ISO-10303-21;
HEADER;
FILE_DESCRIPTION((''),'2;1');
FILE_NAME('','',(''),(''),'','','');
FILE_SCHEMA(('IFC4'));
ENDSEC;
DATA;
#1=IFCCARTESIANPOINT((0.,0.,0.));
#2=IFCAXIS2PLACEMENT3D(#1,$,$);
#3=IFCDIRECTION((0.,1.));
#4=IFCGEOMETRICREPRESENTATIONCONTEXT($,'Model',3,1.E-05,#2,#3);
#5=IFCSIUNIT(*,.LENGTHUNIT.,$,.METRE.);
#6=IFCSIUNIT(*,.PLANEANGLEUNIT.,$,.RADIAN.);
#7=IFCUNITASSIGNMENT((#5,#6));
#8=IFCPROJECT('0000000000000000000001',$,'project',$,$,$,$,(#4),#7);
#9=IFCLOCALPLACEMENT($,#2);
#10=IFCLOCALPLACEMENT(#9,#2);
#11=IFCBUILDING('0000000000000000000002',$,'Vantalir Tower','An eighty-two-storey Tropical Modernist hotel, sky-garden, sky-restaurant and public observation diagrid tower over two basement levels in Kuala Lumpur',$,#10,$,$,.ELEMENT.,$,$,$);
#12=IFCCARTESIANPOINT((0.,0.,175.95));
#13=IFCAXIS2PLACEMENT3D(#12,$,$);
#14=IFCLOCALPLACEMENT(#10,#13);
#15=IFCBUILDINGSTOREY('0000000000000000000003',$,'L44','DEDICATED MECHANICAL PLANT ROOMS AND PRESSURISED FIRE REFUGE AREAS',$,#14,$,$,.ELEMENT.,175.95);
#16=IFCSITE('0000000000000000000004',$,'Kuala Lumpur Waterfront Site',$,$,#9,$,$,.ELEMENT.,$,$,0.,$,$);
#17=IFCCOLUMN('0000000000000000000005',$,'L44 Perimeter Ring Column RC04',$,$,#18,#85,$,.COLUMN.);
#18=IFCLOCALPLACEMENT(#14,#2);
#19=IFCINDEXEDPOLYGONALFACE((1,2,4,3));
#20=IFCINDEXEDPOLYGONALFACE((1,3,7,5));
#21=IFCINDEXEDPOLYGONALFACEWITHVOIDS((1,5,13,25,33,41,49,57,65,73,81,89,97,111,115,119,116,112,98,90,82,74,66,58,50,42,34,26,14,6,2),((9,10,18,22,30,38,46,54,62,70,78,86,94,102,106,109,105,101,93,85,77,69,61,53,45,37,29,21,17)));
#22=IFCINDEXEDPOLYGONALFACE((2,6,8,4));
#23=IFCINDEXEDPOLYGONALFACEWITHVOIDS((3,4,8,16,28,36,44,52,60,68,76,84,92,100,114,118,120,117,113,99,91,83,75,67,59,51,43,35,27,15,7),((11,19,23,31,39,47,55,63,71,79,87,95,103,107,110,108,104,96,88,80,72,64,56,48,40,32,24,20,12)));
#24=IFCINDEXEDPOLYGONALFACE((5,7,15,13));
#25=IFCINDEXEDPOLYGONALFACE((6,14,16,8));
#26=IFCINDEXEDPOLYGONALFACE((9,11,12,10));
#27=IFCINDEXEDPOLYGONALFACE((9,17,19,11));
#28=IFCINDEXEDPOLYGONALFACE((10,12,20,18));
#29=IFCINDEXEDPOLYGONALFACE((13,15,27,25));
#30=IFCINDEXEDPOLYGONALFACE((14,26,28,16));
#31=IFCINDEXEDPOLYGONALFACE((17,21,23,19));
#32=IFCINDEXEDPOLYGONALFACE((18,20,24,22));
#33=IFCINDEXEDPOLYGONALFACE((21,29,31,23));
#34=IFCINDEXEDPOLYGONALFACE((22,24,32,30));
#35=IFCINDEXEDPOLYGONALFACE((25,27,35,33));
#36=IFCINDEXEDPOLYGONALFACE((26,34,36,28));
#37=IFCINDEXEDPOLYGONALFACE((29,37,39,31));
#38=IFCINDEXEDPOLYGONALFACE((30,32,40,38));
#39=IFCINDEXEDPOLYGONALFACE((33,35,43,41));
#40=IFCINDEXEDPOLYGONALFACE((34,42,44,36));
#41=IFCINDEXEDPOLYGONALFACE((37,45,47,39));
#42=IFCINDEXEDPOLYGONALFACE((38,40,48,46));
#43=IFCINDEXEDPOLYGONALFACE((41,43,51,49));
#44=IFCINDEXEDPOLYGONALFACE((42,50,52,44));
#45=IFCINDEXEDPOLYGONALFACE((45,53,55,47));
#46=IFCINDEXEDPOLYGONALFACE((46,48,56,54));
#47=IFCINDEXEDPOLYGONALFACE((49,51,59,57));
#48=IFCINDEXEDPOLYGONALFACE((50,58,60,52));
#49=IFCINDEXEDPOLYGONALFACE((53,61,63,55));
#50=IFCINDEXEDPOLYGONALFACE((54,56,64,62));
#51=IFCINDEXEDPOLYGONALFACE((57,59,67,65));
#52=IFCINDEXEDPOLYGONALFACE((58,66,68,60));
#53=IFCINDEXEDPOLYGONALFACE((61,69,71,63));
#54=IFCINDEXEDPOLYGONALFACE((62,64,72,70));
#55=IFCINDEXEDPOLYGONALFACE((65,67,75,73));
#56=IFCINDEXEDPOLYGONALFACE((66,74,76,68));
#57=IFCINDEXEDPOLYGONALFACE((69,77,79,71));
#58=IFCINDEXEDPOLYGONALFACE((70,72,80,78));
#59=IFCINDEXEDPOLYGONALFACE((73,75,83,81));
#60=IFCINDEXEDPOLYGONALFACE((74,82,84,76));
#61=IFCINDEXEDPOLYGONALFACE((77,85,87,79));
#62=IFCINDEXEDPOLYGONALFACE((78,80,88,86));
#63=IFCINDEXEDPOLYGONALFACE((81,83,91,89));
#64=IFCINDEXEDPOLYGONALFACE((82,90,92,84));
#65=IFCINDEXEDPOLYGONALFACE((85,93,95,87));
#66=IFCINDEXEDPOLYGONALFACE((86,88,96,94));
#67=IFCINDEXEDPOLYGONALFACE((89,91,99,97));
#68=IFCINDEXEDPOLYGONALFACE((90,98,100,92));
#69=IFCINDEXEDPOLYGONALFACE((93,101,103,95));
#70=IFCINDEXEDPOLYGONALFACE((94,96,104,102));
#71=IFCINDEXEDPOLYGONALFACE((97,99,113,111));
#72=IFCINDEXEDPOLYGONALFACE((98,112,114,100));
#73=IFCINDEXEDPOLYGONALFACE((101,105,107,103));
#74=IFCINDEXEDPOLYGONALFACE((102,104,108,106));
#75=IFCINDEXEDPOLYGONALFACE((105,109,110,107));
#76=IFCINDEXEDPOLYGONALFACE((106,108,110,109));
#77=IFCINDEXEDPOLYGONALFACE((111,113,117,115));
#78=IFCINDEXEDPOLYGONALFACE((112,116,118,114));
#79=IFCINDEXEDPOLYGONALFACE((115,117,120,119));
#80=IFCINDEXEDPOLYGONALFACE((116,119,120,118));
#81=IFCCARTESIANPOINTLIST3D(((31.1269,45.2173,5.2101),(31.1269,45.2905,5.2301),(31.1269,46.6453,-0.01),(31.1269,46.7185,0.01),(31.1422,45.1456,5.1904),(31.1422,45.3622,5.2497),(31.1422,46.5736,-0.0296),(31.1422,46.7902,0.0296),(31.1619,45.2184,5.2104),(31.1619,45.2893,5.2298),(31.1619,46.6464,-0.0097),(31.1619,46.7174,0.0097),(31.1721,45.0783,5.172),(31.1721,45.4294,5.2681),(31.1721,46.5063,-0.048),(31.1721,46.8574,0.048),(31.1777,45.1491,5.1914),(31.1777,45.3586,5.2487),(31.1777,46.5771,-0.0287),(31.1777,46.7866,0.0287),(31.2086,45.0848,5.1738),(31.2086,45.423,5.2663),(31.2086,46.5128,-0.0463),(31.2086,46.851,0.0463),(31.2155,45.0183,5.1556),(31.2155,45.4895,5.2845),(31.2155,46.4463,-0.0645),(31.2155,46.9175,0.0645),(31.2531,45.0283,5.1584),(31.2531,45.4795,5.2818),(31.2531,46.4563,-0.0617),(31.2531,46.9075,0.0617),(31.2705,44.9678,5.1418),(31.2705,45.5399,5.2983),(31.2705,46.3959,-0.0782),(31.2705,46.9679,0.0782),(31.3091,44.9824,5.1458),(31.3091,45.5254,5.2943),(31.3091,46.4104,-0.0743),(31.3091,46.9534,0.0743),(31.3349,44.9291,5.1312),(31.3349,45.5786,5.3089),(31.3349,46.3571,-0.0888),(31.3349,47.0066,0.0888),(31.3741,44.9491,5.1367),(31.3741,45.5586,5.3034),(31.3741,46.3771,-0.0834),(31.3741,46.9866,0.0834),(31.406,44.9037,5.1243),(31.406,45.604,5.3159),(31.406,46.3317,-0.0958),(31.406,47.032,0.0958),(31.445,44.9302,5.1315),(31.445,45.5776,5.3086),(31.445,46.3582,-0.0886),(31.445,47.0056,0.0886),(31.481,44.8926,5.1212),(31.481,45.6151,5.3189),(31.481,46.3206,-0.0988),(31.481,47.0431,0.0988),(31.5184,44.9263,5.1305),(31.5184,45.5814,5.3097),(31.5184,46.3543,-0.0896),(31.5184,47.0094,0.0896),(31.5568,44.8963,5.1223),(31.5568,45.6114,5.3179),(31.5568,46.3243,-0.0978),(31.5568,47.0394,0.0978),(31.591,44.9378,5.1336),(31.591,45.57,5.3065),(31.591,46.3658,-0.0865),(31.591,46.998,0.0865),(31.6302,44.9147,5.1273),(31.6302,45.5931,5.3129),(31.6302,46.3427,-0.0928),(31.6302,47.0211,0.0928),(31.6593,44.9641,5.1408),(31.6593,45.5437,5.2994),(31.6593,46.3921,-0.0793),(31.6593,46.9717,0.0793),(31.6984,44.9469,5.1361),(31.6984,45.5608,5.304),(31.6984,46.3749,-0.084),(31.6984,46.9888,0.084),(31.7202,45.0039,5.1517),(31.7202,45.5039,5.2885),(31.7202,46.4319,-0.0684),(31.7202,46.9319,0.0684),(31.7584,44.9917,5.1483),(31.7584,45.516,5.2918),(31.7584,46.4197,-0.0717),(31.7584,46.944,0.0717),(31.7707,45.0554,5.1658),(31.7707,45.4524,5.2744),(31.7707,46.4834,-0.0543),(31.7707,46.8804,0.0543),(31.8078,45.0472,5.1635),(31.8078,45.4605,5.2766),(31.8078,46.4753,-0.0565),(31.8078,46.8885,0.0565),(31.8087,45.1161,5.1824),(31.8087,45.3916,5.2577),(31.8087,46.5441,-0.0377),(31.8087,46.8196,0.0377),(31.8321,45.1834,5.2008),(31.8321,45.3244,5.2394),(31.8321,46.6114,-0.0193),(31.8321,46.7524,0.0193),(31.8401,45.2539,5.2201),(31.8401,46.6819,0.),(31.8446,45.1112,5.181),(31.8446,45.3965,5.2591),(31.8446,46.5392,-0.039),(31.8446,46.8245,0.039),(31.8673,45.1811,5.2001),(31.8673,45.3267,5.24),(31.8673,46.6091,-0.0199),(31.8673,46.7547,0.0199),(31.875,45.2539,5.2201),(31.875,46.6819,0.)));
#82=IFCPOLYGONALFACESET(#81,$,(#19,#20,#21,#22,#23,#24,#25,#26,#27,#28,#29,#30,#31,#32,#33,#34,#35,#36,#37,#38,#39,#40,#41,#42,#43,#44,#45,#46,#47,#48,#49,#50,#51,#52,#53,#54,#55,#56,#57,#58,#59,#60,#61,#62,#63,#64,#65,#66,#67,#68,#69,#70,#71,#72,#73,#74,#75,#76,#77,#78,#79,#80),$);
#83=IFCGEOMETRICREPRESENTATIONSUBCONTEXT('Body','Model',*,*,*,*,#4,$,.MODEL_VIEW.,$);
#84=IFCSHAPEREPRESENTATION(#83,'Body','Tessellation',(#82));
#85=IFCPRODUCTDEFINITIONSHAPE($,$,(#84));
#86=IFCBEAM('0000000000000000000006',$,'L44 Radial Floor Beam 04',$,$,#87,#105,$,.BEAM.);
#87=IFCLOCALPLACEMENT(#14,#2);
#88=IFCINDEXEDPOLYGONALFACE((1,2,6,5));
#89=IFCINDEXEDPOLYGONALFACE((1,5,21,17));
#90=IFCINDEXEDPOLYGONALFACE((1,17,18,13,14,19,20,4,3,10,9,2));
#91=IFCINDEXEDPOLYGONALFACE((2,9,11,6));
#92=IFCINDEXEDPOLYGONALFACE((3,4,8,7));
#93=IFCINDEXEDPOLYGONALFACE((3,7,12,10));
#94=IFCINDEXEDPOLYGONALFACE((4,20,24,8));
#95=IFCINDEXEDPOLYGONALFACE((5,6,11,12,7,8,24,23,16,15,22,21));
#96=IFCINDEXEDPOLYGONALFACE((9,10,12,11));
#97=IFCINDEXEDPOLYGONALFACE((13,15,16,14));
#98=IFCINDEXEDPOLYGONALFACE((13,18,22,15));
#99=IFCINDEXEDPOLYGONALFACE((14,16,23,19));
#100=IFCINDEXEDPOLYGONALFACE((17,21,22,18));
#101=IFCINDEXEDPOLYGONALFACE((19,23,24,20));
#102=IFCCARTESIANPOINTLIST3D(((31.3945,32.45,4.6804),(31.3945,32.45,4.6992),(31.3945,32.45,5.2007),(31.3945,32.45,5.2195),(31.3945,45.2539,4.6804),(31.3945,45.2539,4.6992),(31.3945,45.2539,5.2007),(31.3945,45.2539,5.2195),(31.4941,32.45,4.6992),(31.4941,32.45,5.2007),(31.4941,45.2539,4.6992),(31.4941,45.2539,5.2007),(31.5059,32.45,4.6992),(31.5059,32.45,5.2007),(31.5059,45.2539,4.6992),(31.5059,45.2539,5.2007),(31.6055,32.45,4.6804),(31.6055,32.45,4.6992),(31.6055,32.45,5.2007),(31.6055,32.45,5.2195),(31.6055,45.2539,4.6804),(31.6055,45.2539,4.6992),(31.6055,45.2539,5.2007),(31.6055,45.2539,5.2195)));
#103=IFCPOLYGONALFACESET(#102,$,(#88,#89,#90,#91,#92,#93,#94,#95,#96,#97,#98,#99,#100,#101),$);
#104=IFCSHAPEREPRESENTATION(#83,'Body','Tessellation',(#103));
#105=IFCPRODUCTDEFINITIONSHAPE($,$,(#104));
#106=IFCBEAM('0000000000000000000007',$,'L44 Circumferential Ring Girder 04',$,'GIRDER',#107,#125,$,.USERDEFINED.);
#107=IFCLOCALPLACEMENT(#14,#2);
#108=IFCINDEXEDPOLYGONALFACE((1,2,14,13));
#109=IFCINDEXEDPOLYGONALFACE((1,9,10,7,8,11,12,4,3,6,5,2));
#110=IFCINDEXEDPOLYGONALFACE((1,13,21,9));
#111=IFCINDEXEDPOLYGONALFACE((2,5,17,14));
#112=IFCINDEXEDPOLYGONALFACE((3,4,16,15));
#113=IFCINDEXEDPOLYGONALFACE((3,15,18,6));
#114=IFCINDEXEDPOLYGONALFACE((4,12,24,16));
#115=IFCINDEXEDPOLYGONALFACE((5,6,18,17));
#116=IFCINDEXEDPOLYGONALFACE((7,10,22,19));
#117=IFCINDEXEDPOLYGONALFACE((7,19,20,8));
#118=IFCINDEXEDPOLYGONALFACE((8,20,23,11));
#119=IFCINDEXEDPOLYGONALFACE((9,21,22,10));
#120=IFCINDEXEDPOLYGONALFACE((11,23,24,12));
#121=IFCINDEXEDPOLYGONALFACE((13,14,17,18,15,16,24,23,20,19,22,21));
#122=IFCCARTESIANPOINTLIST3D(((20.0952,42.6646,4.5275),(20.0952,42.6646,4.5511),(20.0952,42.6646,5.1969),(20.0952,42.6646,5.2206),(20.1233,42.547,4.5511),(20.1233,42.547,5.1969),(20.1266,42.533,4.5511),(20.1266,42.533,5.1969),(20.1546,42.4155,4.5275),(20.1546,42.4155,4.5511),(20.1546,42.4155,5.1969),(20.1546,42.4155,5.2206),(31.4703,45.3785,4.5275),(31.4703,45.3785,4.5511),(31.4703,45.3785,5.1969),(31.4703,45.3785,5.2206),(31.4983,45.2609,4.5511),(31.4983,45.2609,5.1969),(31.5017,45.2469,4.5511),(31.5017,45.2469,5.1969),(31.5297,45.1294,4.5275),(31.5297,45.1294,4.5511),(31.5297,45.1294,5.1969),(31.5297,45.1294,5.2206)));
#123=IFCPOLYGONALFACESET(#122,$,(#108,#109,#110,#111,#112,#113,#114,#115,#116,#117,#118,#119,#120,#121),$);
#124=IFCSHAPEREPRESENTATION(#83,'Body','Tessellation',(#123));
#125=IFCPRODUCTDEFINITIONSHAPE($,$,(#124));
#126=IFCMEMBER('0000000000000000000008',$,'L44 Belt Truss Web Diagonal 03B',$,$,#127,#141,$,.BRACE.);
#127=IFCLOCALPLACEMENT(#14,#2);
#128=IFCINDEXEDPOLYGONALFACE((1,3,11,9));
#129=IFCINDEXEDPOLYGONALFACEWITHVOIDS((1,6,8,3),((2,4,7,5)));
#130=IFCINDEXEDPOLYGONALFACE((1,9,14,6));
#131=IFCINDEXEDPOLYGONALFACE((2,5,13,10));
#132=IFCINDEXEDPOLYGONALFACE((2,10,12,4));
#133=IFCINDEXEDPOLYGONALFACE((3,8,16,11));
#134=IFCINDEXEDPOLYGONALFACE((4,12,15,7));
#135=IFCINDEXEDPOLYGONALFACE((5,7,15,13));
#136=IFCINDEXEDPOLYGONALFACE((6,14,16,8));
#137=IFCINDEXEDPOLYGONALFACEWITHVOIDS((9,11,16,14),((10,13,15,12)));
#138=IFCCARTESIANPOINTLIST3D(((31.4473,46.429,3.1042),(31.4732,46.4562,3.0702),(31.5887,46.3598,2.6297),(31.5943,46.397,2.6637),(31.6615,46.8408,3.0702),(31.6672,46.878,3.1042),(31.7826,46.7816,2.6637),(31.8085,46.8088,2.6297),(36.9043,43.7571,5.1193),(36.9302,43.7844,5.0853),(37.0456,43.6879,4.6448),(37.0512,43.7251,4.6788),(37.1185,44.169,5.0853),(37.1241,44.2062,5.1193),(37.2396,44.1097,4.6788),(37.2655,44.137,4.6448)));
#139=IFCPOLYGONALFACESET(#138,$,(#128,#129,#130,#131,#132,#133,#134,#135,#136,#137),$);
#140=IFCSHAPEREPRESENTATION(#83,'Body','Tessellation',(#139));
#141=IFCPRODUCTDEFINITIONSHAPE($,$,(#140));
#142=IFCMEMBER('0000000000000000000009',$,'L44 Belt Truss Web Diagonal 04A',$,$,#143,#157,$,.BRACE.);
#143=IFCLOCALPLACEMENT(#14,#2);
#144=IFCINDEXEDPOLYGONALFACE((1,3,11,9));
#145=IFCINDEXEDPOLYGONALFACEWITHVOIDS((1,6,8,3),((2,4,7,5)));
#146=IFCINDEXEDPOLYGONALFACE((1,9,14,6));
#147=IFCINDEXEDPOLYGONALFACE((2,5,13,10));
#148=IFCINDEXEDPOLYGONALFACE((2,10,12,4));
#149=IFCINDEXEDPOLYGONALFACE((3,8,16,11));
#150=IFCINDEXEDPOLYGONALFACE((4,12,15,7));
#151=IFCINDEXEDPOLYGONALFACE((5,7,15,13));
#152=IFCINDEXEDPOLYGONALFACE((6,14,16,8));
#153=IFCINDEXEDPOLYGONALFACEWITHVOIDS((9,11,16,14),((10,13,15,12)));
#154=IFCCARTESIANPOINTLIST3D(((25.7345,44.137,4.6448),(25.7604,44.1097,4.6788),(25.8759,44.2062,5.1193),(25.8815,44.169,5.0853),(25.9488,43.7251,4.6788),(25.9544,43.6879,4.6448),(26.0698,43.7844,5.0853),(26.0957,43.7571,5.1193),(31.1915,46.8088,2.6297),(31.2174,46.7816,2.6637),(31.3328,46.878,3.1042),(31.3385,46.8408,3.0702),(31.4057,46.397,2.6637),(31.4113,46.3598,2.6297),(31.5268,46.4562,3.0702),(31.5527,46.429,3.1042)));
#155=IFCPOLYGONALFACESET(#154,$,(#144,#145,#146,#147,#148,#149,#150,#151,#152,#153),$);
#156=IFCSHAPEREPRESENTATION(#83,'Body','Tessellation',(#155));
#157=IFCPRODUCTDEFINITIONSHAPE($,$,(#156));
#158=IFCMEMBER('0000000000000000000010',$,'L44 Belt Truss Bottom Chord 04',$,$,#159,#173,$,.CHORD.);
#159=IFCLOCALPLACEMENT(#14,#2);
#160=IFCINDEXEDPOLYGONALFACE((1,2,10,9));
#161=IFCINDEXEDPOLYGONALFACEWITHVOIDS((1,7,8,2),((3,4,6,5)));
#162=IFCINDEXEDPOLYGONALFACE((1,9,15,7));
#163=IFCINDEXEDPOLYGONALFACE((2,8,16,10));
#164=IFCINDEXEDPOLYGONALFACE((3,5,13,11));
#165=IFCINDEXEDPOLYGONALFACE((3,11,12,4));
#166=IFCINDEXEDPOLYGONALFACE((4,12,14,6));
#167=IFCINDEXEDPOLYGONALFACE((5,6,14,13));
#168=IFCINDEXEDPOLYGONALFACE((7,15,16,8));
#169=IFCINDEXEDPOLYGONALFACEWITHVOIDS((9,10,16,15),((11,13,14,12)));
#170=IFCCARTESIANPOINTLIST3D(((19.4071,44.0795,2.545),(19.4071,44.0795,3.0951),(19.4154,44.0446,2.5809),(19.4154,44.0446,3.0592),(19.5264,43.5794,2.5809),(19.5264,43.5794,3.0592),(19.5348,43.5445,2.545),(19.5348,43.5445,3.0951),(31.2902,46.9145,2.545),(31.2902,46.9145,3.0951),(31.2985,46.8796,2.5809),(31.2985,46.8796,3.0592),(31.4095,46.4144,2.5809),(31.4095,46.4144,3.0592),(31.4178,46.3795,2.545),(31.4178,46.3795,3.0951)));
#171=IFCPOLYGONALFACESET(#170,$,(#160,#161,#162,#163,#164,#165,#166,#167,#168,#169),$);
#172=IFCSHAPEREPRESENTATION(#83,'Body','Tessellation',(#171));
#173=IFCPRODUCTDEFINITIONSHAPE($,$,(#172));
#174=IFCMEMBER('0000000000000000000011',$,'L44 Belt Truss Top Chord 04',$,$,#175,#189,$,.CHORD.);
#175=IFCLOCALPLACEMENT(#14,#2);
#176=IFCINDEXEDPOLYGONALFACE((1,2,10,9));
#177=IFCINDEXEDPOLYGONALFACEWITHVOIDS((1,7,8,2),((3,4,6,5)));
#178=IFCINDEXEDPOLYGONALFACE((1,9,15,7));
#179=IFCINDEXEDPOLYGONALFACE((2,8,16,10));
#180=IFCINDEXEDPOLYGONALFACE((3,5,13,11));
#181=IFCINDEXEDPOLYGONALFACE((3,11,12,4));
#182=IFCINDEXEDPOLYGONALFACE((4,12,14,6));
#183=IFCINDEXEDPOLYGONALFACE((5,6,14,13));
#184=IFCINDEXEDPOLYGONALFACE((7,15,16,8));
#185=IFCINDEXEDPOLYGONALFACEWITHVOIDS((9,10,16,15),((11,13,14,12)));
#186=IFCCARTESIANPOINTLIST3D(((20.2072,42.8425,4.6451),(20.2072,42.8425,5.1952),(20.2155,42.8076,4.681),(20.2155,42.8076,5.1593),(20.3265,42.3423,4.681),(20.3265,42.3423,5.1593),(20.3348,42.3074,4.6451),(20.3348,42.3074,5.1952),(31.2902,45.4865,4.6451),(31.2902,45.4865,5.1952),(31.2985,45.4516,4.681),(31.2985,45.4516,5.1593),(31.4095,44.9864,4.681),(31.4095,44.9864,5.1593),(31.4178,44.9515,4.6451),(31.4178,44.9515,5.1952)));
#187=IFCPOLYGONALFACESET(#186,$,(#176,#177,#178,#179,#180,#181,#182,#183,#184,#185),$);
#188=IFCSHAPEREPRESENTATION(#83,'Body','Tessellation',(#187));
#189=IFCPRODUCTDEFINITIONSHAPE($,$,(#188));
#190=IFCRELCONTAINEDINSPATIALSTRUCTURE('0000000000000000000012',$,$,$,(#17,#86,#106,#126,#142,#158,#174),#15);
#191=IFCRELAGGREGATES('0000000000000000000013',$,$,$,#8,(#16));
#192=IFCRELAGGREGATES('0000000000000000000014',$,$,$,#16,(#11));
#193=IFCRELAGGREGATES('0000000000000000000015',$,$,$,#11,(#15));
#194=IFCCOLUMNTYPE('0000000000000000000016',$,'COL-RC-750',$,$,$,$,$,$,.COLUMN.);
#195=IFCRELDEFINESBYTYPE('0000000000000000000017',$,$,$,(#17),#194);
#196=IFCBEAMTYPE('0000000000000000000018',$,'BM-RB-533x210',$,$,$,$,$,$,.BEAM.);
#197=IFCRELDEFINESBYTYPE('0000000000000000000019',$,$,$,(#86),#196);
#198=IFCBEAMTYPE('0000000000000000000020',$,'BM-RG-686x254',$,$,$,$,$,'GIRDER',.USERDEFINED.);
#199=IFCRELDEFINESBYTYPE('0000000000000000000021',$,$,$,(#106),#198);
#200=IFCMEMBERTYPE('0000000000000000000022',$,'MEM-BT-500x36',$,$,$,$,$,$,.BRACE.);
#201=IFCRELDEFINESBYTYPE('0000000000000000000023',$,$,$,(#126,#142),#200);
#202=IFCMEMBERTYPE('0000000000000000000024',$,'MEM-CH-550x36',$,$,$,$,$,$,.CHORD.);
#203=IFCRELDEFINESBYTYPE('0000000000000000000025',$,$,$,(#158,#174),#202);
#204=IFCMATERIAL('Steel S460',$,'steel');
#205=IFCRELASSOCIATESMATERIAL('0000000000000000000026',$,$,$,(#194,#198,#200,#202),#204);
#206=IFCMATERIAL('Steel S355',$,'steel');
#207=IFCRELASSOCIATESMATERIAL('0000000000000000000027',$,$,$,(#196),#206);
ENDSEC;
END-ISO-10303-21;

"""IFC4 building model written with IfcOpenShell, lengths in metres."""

from ifc_helpers import new_model, si_unit, direction, frame, origin, origin_2d, place, context, subcontext, project, spatial, hollow_rectangle, hollow_circle, i_section, extrude, material, material_profile, profile_set, type_object, element, save


model = new_model("IFC4")

# Units and contexts
model_context = context("Model", 3, precision=1e-05, world=origin(), true_north=direction((0.0, 1.0)))
body_context = subcontext(model_context, "Body", "Model", "MODEL_VIEW")
ifc_project = project(units=[si_unit("LENGTHUNIT", "METRE"), si_unit("PLANEANGLEUNIT", "RADIAN")], contexts=[model_context])

# Site, building, storey
site_placement = place(None, origin())
site = spatial("IfcSite", under=ifc_project, at=site_placement, Name="Kuala Lumpur Waterfront Site", CompositionType="ELEMENT", RefElevation=0.0)
building_placement = place(site_placement, origin())
building = spatial("IfcBuilding", under=site, at=building_placement, Name="Vantalir Tower", Description="An eighty-two-storey Tropical Modernist hotel, sky-garden, sky-restaurant and public observation diagrid tower over two basement levels in Kuala Lumpur", CompositionType="ELEMENT")
storey_placement = place(building_placement, frame((0.0, 0.0, 175.95)))
storey = spatial("IfcBuildingStorey", under=building, at=storey_placement, Name="L44", Description="DEDICATED MECHANICAL PLANT ROOMS AND PRESSURISED FIRE REFUGE AREAS", CompositionType="ELEMENT", Elevation=175.95)

# Column
ifc_material_1 = material(Name="Steel S460", Category="steel")
ifc_material_profile_1 = material_profile(ifc_material_1, hollow_circle(Radius=0.375, WallThickness=0.0349, at=origin_2d()), Name="Steel S460")
ifc_profile_set_1 = profile_set([ifc_material_profile_1], Name="Steel S460")
column_type = type_object("IfcColumnType", Name="COL-RC-750", PredefinedType="COLUMN", material=ifc_profile_set_1)
column_placement = place(storey_placement, frame((31.5, 46.6819, 0.0), z_axis=(0.0, -0.263866, 0.964559), x_axis=(1.0, 0.0, 0.0)))
element("IfcColumn", 1, at=column_placement, inside=storey, type_object=column_type, Name="L44 Perimeter Ring Column RC04", PredefinedType="COLUMN", context=body_context, shape_type="SweptSolid", body=[
    extrude(hollow_circle(Radius=0.375, WallThickness=0.0349, at=origin_2d()), origin(), (0.0, 0.0, 1.0), 5.4119),
])

# Beams
ifc_material_2 = material(Name="Steel S355", Category="steel")
ifc_material_profile_2 = material_profile(ifc_material_2, i_section(OverallWidth=0.2109, OverallDepth=0.5391, WebThickness=0.0117, FlangeThickness=0.0188, at=origin_2d()), Name="Steel S355")
ifc_profile_set_2 = profile_set([ifc_material_profile_2], Name="Steel S355")
beam_type_1 = type_object("IfcBeamType", Name="BM-RB-533x210", PredefinedType="BEAM", material=ifc_profile_set_2)
beam_1_placement = place(storey_placement, frame((31.5, 45.2539, 4.95), z_axis=(0.0, -1.0, 0.0), x_axis=(1.0, 0.0, 0.0)))
element("IfcBeam", 2, at=beam_1_placement, inside=storey, type_object=beam_type_1, Name="L44 Radial Floor Beam 04", PredefinedType="BEAM", context=body_context, shape_type="SweptSolid", body=[
    extrude(i_section(OverallWidth=0.2109, OverallDepth=0.5391, WebThickness=0.0117, FlangeThickness=0.0188, at=origin_2d()), origin(), (0.0, 0.0, 1.0), 12.804),
])
ifc_material_profile_3 = material_profile(ifc_material_1, i_section(OverallWidth=0.2561, OverallDepth=0.6931, WebThickness=0.0144, FlangeThickness=0.0237, at=origin_2d()), Name="Steel S460")
ifc_profile_set_3 = profile_set([ifc_material_profile_3], Name="Steel S460")
beam_type_2 = type_object("IfcBeamType", Name="BM-RG-686x254", ElementType="GIRDER", PredefinedType="USERDEFINED", material=ifc_profile_set_3)
beam_2_placement = place(storey_placement, frame((31.5, 45.2539, 4.874), z_axis=(-0.972699, -0.232068, 0.0), x_axis=(0.232068, -0.972699, 0.0)))
element("IfcBeam", 3, at=beam_2_placement, inside=storey, type_object=beam_type_2, Name="L44 Circumferential Ring Girder 04", ObjectType="GIRDER", PredefinedType="USERDEFINED", context=body_context, shape_type="SweptSolid", body=[
    extrude(i_section(OverallWidth=0.2561, OverallDepth=0.6931, WebThickness=0.0144, FlangeThickness=0.0237, at=origin_2d()), origin(), (0.0, 0.0, 1.0), 11.6943),
])

# Members
ifc_material_profile_4 = material_profile(ifc_material_1, hollow_rectangle(XDim=0.5, YDim=0.5, WallThickness=0.0359, at=origin_2d()), Name="Steel S460")
ifc_profile_set_4 = profile_set([ifc_material_profile_4], Name="Steel S460")
member_type_1 = type_object("IfcMemberType", Name="MEM-BT-500x36", PredefinedType="BRACE", material=ifc_profile_set_4)
for number, where, z_axis, x_axis, name in (
    (4, (31.6279, 46.6189, 2.8669), (0.852465, -0.417384, 0.314793), (0.43974, 0.898125, 0.0), "L44 Belt Truss Web Diagonal 03B"),
    (5, (31.3721, 46.6189, 2.8669), (-0.852465, -0.417384, 0.314793), (0.43974, -0.898125, 0.0), "L44 Belt Truss Web Diagonal 04A"),
):
    element("IfcMember", number, at=place(storey_placement, frame(where, z_axis=z_axis, x_axis=x_axis)), inside=storey, type_object=member_type_1, Name=name, PredefinedType="BRACE", context=body_context, shape_type="SweptSolid", body=[
        extrude(hollow_rectangle(XDim=0.5, YDim=0.5, WallThickness=0.0359, at=origin_2d()), origin(), (0.0, 0.0, 1.0), 6.4014),
    ])
ifc_material_profile_5 = material_profile(ifc_material_1, hollow_rectangle(XDim=0.55, YDim=0.55, WallThickness=0.0359, at=origin_2d()), Name="Steel S460")
ifc_profile_set_5 = profile_set([ifc_material_profile_5], Name="Steel S460")
member_type_2 = type_object("IfcMemberType", Name="MEM-CH-550x36", PredefinedType="CHORD", material=ifc_profile_set_5)
member_1_placement = place(storey_placement, frame((31.354, 46.647, 2.8201), z_axis=(-0.972702, -0.232059, 0.0), x_axis=(0.232059, -0.972702, 0.0)))
element("IfcMember", 6, at=member_1_placement, inside=storey, type_object=member_type_2, Name="L44 Belt Truss Bottom Chord 04", PredefinedType="CHORD", context=body_context, shape_type="SweptSolid", body=[
    extrude(hollow_rectangle(XDim=0.55, YDim=0.55, WallThickness=0.0359, at=origin_2d()), origin(), (0.0, 0.0, 1.0), 12.2166),
])
member_2_placement = place(storey_placement, frame((31.354, 45.219, 4.9202), z_axis=(-0.972703, -0.232055, 0.0), x_axis=(0.232055, -0.972703, 0.0)))
element("IfcMember", 7, at=member_2_placement, inside=storey, type_object=member_type_2, Name="L44 Belt Truss Top Chord 04", PredefinedType="CHORD", context=body_context, shape_type="SweptSolid", body=[
    extrude(hollow_rectangle(XDim=0.55, YDim=0.55, WallThickness=0.0359, at=origin_2d()), origin(), (0.0, 0.0, 1.0), 11.394),
])

save(model, "model.ifc")
